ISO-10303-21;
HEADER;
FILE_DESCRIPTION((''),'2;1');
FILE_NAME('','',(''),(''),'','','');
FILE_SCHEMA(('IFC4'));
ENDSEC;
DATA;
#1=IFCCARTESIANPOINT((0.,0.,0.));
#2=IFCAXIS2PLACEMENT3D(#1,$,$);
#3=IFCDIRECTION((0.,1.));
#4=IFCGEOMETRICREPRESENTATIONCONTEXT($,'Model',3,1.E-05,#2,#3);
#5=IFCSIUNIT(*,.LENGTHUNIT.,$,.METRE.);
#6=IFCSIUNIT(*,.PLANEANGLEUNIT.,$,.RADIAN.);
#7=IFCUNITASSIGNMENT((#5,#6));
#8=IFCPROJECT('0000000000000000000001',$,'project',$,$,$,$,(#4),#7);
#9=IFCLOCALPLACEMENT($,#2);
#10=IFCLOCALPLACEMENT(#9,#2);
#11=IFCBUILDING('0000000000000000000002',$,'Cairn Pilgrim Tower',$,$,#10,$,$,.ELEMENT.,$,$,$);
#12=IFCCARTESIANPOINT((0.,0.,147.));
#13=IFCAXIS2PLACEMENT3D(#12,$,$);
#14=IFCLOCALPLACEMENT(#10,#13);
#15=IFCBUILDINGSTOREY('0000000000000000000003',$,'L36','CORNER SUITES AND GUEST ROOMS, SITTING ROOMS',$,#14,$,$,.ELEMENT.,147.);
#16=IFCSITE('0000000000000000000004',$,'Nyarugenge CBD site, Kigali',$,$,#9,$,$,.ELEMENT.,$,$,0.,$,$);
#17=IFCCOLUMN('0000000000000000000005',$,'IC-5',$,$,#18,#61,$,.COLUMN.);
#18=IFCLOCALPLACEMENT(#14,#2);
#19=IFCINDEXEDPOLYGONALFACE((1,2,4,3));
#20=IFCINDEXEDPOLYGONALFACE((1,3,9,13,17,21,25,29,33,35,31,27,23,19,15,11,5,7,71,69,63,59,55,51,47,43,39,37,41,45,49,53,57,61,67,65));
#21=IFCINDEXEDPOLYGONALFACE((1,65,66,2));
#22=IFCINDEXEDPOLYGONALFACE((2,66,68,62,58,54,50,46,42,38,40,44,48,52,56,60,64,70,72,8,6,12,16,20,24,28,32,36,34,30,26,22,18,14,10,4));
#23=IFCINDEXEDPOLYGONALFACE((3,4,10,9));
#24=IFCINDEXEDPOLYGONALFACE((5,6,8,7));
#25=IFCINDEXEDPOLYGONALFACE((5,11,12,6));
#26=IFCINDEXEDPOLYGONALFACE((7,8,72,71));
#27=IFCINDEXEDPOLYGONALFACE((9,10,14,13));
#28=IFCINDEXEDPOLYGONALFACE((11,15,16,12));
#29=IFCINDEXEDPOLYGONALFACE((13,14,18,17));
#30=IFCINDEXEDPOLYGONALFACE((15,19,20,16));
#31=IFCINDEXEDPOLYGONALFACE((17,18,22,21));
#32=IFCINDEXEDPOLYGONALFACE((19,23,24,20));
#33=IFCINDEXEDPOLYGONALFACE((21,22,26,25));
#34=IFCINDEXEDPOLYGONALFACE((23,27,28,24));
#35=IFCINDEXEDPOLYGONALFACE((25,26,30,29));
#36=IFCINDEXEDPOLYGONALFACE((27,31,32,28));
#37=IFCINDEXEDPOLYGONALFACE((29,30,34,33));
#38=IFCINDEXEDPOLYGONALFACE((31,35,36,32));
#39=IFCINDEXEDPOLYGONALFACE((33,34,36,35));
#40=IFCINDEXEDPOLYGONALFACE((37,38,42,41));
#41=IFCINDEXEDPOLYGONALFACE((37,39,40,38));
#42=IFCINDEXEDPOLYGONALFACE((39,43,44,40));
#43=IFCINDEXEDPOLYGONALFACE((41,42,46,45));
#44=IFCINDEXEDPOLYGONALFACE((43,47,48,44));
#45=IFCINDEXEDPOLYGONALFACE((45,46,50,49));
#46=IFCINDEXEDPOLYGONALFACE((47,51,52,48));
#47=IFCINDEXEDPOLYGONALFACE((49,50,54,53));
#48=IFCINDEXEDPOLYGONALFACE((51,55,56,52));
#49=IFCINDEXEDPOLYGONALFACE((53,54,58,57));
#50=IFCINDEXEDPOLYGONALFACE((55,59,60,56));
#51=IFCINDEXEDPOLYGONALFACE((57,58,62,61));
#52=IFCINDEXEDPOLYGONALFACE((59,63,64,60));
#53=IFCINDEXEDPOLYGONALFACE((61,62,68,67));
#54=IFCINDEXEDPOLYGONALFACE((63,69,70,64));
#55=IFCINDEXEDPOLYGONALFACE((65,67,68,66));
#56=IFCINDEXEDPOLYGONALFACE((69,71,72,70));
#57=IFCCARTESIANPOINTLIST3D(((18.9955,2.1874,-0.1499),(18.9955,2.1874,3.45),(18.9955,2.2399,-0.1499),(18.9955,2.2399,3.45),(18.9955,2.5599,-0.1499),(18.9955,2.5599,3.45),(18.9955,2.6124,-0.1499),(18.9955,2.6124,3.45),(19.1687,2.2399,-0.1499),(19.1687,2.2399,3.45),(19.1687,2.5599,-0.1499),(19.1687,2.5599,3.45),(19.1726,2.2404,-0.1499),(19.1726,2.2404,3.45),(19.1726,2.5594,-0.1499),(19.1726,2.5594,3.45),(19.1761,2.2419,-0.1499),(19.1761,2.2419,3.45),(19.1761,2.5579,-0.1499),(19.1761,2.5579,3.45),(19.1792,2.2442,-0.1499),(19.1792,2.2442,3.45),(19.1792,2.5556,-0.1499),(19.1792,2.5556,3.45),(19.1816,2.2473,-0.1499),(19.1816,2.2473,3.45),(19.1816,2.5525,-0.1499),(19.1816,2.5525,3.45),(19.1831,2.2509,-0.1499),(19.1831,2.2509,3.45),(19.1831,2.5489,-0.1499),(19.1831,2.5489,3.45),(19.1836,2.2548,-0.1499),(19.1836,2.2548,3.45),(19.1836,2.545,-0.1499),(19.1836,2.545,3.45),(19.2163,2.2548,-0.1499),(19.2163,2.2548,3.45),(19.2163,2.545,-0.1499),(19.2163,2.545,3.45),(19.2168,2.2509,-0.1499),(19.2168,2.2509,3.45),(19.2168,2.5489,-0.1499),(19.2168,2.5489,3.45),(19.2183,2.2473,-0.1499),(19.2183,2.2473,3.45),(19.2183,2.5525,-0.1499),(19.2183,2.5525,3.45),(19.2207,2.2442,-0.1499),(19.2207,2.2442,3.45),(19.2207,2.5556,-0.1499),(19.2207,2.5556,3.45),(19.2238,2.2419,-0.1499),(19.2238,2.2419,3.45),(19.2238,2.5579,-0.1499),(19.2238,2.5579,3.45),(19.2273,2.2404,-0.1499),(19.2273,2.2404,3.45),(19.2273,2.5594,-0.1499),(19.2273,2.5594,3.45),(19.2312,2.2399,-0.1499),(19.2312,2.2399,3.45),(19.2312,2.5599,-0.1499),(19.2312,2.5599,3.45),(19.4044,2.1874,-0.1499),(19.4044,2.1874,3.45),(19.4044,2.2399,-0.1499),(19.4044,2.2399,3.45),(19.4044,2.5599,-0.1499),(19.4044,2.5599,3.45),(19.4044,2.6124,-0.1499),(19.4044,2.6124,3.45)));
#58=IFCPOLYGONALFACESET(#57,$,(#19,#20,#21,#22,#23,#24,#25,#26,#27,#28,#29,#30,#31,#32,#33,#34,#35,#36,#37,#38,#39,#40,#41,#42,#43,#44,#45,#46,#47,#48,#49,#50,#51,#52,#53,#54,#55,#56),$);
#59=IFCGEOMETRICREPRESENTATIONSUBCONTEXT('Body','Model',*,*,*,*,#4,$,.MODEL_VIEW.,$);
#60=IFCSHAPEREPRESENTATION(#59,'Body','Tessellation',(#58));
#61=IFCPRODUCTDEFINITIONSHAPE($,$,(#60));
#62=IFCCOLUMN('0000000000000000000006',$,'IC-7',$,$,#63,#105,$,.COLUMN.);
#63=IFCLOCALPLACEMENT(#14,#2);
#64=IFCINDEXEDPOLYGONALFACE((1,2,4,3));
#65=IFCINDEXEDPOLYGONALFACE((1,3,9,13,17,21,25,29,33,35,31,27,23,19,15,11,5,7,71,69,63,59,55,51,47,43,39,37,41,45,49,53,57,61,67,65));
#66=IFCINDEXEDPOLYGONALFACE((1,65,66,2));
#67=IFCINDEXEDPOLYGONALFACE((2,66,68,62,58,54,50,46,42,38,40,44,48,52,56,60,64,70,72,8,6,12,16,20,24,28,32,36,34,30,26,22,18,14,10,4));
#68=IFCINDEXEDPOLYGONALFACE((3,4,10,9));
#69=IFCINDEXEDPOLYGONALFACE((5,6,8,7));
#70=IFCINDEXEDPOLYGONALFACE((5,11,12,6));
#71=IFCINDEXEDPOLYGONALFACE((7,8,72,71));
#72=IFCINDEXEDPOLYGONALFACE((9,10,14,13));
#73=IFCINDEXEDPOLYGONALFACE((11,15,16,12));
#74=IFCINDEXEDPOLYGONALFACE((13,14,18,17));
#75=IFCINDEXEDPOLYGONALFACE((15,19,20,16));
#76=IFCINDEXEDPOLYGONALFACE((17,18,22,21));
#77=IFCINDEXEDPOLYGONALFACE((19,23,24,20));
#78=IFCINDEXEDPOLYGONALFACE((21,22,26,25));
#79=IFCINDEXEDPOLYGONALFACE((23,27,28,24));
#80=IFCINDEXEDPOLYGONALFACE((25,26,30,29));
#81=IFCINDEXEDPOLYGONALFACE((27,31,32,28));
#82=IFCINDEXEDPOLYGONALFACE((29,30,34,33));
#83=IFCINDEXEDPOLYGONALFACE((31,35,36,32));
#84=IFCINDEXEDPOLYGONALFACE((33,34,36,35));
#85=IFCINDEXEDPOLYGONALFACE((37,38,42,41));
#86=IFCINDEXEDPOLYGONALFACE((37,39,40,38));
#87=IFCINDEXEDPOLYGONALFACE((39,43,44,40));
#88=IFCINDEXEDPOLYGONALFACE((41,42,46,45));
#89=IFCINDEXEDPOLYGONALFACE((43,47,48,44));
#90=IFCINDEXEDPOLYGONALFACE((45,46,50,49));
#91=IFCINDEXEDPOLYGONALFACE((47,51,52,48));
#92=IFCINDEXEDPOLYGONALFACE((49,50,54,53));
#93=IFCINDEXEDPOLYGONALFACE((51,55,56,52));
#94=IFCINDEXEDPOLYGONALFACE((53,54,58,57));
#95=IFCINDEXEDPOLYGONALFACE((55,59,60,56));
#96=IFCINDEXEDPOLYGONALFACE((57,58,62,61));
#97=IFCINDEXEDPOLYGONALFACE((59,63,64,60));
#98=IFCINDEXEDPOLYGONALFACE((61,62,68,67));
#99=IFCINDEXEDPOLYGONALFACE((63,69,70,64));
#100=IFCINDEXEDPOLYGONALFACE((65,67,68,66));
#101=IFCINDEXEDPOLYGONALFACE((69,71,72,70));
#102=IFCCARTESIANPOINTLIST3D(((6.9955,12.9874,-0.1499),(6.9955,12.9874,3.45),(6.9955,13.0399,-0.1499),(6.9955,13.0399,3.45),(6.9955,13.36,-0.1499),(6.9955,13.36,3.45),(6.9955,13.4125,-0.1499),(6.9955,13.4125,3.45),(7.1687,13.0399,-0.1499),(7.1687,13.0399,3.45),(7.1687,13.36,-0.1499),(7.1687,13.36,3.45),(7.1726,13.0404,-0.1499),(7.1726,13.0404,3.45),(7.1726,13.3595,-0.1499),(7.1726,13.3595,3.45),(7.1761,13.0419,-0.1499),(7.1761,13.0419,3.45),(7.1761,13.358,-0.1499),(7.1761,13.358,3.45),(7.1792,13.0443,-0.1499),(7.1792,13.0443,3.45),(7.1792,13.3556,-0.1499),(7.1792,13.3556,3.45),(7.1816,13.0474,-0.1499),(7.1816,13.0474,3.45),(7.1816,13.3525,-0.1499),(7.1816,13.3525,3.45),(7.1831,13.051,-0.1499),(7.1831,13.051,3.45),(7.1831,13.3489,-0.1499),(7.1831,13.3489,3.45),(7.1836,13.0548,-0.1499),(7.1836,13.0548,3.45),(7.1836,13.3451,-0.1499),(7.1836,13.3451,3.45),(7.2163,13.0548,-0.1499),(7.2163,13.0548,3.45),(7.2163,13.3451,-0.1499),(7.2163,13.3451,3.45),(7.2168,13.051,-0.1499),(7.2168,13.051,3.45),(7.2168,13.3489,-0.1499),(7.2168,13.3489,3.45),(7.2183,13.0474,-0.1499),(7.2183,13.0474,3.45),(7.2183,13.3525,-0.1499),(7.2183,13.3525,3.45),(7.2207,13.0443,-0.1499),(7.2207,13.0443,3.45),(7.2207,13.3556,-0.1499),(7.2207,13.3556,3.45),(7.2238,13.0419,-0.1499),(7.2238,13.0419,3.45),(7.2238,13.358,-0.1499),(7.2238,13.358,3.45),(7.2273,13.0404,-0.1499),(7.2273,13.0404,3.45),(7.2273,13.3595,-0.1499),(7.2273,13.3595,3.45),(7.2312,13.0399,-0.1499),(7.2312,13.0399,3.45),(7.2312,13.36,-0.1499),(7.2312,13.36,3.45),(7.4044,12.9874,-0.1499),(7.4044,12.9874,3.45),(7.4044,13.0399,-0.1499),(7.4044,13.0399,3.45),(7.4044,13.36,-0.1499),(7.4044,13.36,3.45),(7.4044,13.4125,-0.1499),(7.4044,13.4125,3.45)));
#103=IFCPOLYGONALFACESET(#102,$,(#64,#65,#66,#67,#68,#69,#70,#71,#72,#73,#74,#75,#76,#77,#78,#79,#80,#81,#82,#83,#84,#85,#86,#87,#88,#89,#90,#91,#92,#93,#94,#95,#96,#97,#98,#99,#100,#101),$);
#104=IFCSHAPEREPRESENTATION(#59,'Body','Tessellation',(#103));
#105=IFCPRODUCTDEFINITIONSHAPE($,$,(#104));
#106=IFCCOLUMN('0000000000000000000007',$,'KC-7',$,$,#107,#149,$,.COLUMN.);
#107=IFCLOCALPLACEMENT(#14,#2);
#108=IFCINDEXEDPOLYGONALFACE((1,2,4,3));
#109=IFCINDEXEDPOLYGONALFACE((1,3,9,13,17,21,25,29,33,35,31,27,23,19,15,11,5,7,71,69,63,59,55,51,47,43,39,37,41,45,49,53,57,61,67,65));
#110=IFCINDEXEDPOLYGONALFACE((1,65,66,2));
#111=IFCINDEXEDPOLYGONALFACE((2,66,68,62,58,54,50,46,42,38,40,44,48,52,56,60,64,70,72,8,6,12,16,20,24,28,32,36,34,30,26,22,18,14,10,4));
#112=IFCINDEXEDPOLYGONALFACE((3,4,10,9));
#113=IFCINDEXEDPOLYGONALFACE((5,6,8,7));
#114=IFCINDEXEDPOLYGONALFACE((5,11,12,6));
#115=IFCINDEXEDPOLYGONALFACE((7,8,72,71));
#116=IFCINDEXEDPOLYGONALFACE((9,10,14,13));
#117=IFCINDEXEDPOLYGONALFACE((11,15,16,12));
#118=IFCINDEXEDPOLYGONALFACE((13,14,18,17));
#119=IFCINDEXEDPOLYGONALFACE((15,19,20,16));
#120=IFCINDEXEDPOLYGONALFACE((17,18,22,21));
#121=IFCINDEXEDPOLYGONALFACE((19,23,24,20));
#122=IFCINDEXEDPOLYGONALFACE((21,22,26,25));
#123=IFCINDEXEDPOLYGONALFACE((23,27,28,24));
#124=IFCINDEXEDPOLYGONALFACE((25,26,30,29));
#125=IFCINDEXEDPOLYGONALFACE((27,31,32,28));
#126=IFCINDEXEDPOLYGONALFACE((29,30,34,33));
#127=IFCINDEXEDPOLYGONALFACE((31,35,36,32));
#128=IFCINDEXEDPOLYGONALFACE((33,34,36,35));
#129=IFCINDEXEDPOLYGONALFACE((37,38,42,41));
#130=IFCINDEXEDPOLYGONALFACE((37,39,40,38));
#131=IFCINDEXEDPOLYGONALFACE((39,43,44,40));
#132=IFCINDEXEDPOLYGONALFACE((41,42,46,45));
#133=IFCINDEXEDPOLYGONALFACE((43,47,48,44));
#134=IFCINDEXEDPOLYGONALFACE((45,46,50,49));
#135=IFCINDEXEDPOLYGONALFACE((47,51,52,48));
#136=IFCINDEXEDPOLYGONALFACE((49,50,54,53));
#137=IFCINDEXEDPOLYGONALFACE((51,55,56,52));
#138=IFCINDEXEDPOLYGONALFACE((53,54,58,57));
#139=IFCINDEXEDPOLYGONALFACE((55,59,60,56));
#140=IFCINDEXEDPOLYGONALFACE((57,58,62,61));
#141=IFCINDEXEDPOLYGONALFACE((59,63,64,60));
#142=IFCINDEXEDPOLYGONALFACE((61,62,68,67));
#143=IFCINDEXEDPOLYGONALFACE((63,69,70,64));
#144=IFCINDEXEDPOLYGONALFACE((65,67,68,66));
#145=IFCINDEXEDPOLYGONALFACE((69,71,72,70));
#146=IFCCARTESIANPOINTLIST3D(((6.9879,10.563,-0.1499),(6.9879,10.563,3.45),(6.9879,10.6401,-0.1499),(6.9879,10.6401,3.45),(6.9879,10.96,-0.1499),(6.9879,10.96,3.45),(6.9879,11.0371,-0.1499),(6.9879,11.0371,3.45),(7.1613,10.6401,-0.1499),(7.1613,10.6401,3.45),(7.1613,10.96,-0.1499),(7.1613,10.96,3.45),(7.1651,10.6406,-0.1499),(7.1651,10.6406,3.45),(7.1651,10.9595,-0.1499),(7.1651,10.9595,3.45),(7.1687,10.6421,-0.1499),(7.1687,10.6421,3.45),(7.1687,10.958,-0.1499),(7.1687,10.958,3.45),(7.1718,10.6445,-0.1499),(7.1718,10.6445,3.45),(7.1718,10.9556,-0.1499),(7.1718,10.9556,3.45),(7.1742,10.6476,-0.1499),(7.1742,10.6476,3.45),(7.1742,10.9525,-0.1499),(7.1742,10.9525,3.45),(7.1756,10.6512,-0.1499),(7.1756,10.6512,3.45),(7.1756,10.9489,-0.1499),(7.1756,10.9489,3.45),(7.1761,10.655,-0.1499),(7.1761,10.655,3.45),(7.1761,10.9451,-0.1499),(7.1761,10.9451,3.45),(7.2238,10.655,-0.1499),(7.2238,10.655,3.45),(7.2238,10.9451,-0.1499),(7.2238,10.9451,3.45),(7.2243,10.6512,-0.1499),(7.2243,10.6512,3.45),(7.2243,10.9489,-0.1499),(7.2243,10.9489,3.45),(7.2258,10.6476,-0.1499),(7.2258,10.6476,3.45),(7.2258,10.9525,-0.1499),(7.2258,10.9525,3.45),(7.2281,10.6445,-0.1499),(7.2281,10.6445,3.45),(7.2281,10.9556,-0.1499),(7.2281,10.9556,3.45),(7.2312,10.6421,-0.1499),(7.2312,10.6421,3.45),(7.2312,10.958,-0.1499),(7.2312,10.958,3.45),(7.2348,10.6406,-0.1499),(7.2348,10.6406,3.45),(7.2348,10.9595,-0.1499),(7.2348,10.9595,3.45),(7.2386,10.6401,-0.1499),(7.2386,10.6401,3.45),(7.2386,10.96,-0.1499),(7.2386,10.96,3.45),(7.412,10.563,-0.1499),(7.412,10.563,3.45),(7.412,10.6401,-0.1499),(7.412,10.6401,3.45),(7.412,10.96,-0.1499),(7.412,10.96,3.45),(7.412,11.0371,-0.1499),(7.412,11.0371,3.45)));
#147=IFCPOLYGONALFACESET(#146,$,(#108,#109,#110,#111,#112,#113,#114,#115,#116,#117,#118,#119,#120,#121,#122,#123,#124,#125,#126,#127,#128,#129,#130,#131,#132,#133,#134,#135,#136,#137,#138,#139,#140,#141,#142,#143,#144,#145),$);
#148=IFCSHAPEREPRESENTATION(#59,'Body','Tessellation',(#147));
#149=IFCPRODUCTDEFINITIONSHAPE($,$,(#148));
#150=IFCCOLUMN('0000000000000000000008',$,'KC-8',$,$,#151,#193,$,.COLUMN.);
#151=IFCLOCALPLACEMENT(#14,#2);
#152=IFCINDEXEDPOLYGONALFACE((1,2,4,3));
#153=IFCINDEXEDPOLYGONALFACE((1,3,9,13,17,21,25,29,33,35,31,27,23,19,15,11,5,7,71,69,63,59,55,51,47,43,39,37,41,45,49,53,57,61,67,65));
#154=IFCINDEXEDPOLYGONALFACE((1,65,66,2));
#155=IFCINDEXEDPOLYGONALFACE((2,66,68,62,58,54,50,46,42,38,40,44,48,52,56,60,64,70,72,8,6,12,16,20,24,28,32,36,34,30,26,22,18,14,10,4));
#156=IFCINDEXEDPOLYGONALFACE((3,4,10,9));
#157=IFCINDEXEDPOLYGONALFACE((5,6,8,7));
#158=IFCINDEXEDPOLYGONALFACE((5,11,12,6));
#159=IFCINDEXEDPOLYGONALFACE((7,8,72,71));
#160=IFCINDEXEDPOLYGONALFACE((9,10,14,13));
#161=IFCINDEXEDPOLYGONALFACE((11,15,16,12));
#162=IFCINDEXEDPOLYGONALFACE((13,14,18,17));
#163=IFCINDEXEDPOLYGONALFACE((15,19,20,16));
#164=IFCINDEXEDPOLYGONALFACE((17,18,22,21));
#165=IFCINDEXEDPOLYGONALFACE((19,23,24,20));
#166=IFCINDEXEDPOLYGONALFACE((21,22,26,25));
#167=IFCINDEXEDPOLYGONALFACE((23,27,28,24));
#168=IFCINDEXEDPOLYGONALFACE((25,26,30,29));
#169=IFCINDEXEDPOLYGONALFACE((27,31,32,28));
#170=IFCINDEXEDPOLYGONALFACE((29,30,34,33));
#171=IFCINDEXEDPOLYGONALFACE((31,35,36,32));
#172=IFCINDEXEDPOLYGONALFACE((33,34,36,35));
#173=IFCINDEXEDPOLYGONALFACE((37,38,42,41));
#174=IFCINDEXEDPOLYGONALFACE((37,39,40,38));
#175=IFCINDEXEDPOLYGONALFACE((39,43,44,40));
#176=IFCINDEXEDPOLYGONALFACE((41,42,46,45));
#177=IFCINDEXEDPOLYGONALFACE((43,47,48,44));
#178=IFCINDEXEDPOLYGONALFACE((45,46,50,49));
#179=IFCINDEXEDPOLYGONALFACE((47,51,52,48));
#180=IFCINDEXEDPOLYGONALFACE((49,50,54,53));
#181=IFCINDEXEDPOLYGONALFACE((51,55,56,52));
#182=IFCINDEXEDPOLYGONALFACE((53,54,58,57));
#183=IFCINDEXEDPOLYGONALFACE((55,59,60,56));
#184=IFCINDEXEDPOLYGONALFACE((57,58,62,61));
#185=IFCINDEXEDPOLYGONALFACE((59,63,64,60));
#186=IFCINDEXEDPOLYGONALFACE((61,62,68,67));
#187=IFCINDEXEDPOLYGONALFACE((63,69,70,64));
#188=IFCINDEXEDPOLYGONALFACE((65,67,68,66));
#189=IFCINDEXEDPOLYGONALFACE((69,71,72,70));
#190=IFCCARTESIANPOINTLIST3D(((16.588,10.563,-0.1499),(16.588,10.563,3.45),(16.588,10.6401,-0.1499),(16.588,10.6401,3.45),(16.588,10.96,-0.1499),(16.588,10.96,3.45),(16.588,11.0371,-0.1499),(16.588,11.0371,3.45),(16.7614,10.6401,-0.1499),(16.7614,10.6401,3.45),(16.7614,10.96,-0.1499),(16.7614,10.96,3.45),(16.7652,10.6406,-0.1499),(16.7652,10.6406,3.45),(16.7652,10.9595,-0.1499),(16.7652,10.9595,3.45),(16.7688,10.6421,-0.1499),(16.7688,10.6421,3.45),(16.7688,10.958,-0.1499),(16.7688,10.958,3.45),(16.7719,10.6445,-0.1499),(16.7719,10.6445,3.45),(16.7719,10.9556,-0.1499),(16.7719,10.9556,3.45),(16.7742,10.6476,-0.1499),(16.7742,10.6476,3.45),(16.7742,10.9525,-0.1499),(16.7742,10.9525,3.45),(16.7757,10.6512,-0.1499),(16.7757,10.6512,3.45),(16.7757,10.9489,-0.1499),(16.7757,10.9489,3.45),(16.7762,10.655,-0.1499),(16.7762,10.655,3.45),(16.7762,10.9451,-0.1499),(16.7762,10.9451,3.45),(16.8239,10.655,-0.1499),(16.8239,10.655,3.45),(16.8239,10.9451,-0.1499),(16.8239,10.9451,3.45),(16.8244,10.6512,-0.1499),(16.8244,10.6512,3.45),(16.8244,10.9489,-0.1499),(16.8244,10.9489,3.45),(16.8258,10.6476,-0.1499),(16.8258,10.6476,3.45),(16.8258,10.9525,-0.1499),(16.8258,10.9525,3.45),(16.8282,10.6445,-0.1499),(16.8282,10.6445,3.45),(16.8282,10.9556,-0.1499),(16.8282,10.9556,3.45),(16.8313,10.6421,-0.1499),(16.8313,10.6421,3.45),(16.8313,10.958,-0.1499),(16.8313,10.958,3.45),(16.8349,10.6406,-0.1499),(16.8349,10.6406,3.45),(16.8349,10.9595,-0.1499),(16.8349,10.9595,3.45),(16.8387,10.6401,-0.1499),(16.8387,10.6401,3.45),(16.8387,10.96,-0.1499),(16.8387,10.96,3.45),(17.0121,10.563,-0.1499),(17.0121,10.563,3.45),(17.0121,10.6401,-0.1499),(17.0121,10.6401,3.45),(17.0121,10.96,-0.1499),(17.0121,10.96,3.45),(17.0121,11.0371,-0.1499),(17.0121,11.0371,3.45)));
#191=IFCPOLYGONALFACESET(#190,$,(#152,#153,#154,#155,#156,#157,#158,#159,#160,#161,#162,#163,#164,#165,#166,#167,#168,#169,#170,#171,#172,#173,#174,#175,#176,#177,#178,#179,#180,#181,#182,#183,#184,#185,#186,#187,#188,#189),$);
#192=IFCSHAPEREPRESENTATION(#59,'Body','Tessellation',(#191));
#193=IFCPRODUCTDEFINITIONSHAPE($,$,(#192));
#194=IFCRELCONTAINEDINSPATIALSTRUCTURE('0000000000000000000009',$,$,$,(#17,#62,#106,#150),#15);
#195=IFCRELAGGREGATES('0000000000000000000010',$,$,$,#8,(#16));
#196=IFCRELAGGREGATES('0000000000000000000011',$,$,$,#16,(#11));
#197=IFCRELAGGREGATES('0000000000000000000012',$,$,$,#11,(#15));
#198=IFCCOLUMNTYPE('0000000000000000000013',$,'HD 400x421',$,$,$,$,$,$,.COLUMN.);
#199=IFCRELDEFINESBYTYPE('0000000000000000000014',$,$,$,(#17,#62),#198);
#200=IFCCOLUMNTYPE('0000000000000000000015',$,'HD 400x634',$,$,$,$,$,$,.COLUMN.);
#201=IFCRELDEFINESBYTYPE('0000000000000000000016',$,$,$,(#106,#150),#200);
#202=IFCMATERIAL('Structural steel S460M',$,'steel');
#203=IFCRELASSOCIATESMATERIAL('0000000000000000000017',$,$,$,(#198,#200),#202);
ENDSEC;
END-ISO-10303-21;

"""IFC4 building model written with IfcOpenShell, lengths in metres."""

from ifc_helpers import new_model, si_unit, direction, frame, origin, origin_2d, place, context, subcontext, project, spatial, i_section, extrude, material, material_profile, profile_set, type_object, element, save


model = new_model("IFC4")

# Units and contexts
model_context = context("Model", 3, precision=1e-05, world=origin(), true_north=direction((0.0, 1.0)))
body_context = subcontext(model_context, "Body", "Model", "MODEL_VIEW")
ifc_project = project(units=[si_unit("LENGTHUNIT", "METRE"), si_unit("PLANEANGLEUNIT", "RADIAN")], contexts=[model_context])

# Site, building, storey
site_placement = place(None, origin())
site = spatial("IfcSite", under=ifc_project, at=site_placement, Name="Nyarugenge CBD site, Kigali", CompositionType="ELEMENT", RefElevation=0.0)
building_placement = place(site_placement, origin())
building = spatial("IfcBuilding", under=site, at=building_placement, Name="Cairn Pilgrim Tower", CompositionType="ELEMENT")
storey_placement = place(building_placement, frame((0.0, 0.0, 147.0)))
storey = spatial("IfcBuildingStorey", under=building, at=storey_placement, Name="L36", Description="CORNER SUITES AND GUEST ROOMS, SITTING ROOMS", CompositionType="ELEMENT", Elevation=147.0)

# Columns
ifc_material_1 = material(Name="Structural steel S460M", Category="steel")
ifc_material_profile_1 = material_profile(ifc_material_1, i_section(OverallWidth=0.4089, OverallDepth=0.425, WebThickness=0.0327, FlangeThickness=0.0525, FilletRadius=0.0149, at=origin_2d()), Name="HD 400x421")
ifc_profile_set_1 = profile_set([ifc_material_profile_1], Name="Structural steel S460M")
column_type_1 = type_object("IfcColumnType", Name="HD 400x421", PredefinedType="COLUMN", material=ifc_profile_set_1)
for number, where, z_axis, x_axis, name in (
    (1, (19.2, 2.3999, -0.1499), (0.0, 0.0, 1.0), (1.0, 0.0, 0.0), "IC-5"),
    (2, (7.2, 13.2, -0.1499), (0.0, 0.0, 1.0), (1.0, 0.0, 0.0), "IC-7"),
):
    element("IfcColumn", number, at=place(storey_placement, frame(where, z_axis=z_axis, x_axis=x_axis)), inside=storey, type_object=column_type_1, Name=name, PredefinedType="COLUMN", context=body_context, shape_type="SweptSolid", body=[
        extrude(i_section(OverallWidth=0.4089, OverallDepth=0.425, WebThickness=0.0327, FlangeThickness=0.0525, FilletRadius=0.0149, at=origin_2d()), origin(), (0.0, 0.0, 1.0), 3.5999),
    ])
ifc_material_profile_2 = material_profile(ifc_material_1, i_section(OverallWidth=0.4241, OverallDepth=0.4741, WebThickness=0.0476, FlangeThickness=0.0771, FilletRadius=0.0149, at=origin_2d()), Name="HD 400x634")
ifc_profile_set_2 = profile_set([ifc_material_profile_2], Name="Structural steel S460M")
column_type_2 = type_object("IfcColumnType", Name="HD 400x634", PredefinedType="COLUMN", material=ifc_profile_set_2)
for number, where, z_axis, x_axis, name in (
    (3, (7.2, 10.8, -0.1499), (0.0, 0.0, 1.0), (1.0, 0.0, 0.0), "KC-7"),
    (4, (16.8, 10.8, -0.1499), (0.0, 0.0, 1.0), (1.0, 0.0, 0.0), "KC-8"),
):
    element("IfcColumn", number, at=place(storey_placement, frame(where, z_axis=z_axis, x_axis=x_axis)), inside=storey, type_object=column_type_2, Name=name, PredefinedType="COLUMN", context=body_context, shape_type="SweptSolid", body=[
        extrude(i_section(OverallWidth=0.4241, OverallDepth=0.4741, WebThickness=0.0476, FlangeThickness=0.0771, FilletRadius=0.0149, at=origin_2d()), origin(), (0.0, 0.0, 1.0), 3.5999),
    ])

save(model, "model.ifc")
